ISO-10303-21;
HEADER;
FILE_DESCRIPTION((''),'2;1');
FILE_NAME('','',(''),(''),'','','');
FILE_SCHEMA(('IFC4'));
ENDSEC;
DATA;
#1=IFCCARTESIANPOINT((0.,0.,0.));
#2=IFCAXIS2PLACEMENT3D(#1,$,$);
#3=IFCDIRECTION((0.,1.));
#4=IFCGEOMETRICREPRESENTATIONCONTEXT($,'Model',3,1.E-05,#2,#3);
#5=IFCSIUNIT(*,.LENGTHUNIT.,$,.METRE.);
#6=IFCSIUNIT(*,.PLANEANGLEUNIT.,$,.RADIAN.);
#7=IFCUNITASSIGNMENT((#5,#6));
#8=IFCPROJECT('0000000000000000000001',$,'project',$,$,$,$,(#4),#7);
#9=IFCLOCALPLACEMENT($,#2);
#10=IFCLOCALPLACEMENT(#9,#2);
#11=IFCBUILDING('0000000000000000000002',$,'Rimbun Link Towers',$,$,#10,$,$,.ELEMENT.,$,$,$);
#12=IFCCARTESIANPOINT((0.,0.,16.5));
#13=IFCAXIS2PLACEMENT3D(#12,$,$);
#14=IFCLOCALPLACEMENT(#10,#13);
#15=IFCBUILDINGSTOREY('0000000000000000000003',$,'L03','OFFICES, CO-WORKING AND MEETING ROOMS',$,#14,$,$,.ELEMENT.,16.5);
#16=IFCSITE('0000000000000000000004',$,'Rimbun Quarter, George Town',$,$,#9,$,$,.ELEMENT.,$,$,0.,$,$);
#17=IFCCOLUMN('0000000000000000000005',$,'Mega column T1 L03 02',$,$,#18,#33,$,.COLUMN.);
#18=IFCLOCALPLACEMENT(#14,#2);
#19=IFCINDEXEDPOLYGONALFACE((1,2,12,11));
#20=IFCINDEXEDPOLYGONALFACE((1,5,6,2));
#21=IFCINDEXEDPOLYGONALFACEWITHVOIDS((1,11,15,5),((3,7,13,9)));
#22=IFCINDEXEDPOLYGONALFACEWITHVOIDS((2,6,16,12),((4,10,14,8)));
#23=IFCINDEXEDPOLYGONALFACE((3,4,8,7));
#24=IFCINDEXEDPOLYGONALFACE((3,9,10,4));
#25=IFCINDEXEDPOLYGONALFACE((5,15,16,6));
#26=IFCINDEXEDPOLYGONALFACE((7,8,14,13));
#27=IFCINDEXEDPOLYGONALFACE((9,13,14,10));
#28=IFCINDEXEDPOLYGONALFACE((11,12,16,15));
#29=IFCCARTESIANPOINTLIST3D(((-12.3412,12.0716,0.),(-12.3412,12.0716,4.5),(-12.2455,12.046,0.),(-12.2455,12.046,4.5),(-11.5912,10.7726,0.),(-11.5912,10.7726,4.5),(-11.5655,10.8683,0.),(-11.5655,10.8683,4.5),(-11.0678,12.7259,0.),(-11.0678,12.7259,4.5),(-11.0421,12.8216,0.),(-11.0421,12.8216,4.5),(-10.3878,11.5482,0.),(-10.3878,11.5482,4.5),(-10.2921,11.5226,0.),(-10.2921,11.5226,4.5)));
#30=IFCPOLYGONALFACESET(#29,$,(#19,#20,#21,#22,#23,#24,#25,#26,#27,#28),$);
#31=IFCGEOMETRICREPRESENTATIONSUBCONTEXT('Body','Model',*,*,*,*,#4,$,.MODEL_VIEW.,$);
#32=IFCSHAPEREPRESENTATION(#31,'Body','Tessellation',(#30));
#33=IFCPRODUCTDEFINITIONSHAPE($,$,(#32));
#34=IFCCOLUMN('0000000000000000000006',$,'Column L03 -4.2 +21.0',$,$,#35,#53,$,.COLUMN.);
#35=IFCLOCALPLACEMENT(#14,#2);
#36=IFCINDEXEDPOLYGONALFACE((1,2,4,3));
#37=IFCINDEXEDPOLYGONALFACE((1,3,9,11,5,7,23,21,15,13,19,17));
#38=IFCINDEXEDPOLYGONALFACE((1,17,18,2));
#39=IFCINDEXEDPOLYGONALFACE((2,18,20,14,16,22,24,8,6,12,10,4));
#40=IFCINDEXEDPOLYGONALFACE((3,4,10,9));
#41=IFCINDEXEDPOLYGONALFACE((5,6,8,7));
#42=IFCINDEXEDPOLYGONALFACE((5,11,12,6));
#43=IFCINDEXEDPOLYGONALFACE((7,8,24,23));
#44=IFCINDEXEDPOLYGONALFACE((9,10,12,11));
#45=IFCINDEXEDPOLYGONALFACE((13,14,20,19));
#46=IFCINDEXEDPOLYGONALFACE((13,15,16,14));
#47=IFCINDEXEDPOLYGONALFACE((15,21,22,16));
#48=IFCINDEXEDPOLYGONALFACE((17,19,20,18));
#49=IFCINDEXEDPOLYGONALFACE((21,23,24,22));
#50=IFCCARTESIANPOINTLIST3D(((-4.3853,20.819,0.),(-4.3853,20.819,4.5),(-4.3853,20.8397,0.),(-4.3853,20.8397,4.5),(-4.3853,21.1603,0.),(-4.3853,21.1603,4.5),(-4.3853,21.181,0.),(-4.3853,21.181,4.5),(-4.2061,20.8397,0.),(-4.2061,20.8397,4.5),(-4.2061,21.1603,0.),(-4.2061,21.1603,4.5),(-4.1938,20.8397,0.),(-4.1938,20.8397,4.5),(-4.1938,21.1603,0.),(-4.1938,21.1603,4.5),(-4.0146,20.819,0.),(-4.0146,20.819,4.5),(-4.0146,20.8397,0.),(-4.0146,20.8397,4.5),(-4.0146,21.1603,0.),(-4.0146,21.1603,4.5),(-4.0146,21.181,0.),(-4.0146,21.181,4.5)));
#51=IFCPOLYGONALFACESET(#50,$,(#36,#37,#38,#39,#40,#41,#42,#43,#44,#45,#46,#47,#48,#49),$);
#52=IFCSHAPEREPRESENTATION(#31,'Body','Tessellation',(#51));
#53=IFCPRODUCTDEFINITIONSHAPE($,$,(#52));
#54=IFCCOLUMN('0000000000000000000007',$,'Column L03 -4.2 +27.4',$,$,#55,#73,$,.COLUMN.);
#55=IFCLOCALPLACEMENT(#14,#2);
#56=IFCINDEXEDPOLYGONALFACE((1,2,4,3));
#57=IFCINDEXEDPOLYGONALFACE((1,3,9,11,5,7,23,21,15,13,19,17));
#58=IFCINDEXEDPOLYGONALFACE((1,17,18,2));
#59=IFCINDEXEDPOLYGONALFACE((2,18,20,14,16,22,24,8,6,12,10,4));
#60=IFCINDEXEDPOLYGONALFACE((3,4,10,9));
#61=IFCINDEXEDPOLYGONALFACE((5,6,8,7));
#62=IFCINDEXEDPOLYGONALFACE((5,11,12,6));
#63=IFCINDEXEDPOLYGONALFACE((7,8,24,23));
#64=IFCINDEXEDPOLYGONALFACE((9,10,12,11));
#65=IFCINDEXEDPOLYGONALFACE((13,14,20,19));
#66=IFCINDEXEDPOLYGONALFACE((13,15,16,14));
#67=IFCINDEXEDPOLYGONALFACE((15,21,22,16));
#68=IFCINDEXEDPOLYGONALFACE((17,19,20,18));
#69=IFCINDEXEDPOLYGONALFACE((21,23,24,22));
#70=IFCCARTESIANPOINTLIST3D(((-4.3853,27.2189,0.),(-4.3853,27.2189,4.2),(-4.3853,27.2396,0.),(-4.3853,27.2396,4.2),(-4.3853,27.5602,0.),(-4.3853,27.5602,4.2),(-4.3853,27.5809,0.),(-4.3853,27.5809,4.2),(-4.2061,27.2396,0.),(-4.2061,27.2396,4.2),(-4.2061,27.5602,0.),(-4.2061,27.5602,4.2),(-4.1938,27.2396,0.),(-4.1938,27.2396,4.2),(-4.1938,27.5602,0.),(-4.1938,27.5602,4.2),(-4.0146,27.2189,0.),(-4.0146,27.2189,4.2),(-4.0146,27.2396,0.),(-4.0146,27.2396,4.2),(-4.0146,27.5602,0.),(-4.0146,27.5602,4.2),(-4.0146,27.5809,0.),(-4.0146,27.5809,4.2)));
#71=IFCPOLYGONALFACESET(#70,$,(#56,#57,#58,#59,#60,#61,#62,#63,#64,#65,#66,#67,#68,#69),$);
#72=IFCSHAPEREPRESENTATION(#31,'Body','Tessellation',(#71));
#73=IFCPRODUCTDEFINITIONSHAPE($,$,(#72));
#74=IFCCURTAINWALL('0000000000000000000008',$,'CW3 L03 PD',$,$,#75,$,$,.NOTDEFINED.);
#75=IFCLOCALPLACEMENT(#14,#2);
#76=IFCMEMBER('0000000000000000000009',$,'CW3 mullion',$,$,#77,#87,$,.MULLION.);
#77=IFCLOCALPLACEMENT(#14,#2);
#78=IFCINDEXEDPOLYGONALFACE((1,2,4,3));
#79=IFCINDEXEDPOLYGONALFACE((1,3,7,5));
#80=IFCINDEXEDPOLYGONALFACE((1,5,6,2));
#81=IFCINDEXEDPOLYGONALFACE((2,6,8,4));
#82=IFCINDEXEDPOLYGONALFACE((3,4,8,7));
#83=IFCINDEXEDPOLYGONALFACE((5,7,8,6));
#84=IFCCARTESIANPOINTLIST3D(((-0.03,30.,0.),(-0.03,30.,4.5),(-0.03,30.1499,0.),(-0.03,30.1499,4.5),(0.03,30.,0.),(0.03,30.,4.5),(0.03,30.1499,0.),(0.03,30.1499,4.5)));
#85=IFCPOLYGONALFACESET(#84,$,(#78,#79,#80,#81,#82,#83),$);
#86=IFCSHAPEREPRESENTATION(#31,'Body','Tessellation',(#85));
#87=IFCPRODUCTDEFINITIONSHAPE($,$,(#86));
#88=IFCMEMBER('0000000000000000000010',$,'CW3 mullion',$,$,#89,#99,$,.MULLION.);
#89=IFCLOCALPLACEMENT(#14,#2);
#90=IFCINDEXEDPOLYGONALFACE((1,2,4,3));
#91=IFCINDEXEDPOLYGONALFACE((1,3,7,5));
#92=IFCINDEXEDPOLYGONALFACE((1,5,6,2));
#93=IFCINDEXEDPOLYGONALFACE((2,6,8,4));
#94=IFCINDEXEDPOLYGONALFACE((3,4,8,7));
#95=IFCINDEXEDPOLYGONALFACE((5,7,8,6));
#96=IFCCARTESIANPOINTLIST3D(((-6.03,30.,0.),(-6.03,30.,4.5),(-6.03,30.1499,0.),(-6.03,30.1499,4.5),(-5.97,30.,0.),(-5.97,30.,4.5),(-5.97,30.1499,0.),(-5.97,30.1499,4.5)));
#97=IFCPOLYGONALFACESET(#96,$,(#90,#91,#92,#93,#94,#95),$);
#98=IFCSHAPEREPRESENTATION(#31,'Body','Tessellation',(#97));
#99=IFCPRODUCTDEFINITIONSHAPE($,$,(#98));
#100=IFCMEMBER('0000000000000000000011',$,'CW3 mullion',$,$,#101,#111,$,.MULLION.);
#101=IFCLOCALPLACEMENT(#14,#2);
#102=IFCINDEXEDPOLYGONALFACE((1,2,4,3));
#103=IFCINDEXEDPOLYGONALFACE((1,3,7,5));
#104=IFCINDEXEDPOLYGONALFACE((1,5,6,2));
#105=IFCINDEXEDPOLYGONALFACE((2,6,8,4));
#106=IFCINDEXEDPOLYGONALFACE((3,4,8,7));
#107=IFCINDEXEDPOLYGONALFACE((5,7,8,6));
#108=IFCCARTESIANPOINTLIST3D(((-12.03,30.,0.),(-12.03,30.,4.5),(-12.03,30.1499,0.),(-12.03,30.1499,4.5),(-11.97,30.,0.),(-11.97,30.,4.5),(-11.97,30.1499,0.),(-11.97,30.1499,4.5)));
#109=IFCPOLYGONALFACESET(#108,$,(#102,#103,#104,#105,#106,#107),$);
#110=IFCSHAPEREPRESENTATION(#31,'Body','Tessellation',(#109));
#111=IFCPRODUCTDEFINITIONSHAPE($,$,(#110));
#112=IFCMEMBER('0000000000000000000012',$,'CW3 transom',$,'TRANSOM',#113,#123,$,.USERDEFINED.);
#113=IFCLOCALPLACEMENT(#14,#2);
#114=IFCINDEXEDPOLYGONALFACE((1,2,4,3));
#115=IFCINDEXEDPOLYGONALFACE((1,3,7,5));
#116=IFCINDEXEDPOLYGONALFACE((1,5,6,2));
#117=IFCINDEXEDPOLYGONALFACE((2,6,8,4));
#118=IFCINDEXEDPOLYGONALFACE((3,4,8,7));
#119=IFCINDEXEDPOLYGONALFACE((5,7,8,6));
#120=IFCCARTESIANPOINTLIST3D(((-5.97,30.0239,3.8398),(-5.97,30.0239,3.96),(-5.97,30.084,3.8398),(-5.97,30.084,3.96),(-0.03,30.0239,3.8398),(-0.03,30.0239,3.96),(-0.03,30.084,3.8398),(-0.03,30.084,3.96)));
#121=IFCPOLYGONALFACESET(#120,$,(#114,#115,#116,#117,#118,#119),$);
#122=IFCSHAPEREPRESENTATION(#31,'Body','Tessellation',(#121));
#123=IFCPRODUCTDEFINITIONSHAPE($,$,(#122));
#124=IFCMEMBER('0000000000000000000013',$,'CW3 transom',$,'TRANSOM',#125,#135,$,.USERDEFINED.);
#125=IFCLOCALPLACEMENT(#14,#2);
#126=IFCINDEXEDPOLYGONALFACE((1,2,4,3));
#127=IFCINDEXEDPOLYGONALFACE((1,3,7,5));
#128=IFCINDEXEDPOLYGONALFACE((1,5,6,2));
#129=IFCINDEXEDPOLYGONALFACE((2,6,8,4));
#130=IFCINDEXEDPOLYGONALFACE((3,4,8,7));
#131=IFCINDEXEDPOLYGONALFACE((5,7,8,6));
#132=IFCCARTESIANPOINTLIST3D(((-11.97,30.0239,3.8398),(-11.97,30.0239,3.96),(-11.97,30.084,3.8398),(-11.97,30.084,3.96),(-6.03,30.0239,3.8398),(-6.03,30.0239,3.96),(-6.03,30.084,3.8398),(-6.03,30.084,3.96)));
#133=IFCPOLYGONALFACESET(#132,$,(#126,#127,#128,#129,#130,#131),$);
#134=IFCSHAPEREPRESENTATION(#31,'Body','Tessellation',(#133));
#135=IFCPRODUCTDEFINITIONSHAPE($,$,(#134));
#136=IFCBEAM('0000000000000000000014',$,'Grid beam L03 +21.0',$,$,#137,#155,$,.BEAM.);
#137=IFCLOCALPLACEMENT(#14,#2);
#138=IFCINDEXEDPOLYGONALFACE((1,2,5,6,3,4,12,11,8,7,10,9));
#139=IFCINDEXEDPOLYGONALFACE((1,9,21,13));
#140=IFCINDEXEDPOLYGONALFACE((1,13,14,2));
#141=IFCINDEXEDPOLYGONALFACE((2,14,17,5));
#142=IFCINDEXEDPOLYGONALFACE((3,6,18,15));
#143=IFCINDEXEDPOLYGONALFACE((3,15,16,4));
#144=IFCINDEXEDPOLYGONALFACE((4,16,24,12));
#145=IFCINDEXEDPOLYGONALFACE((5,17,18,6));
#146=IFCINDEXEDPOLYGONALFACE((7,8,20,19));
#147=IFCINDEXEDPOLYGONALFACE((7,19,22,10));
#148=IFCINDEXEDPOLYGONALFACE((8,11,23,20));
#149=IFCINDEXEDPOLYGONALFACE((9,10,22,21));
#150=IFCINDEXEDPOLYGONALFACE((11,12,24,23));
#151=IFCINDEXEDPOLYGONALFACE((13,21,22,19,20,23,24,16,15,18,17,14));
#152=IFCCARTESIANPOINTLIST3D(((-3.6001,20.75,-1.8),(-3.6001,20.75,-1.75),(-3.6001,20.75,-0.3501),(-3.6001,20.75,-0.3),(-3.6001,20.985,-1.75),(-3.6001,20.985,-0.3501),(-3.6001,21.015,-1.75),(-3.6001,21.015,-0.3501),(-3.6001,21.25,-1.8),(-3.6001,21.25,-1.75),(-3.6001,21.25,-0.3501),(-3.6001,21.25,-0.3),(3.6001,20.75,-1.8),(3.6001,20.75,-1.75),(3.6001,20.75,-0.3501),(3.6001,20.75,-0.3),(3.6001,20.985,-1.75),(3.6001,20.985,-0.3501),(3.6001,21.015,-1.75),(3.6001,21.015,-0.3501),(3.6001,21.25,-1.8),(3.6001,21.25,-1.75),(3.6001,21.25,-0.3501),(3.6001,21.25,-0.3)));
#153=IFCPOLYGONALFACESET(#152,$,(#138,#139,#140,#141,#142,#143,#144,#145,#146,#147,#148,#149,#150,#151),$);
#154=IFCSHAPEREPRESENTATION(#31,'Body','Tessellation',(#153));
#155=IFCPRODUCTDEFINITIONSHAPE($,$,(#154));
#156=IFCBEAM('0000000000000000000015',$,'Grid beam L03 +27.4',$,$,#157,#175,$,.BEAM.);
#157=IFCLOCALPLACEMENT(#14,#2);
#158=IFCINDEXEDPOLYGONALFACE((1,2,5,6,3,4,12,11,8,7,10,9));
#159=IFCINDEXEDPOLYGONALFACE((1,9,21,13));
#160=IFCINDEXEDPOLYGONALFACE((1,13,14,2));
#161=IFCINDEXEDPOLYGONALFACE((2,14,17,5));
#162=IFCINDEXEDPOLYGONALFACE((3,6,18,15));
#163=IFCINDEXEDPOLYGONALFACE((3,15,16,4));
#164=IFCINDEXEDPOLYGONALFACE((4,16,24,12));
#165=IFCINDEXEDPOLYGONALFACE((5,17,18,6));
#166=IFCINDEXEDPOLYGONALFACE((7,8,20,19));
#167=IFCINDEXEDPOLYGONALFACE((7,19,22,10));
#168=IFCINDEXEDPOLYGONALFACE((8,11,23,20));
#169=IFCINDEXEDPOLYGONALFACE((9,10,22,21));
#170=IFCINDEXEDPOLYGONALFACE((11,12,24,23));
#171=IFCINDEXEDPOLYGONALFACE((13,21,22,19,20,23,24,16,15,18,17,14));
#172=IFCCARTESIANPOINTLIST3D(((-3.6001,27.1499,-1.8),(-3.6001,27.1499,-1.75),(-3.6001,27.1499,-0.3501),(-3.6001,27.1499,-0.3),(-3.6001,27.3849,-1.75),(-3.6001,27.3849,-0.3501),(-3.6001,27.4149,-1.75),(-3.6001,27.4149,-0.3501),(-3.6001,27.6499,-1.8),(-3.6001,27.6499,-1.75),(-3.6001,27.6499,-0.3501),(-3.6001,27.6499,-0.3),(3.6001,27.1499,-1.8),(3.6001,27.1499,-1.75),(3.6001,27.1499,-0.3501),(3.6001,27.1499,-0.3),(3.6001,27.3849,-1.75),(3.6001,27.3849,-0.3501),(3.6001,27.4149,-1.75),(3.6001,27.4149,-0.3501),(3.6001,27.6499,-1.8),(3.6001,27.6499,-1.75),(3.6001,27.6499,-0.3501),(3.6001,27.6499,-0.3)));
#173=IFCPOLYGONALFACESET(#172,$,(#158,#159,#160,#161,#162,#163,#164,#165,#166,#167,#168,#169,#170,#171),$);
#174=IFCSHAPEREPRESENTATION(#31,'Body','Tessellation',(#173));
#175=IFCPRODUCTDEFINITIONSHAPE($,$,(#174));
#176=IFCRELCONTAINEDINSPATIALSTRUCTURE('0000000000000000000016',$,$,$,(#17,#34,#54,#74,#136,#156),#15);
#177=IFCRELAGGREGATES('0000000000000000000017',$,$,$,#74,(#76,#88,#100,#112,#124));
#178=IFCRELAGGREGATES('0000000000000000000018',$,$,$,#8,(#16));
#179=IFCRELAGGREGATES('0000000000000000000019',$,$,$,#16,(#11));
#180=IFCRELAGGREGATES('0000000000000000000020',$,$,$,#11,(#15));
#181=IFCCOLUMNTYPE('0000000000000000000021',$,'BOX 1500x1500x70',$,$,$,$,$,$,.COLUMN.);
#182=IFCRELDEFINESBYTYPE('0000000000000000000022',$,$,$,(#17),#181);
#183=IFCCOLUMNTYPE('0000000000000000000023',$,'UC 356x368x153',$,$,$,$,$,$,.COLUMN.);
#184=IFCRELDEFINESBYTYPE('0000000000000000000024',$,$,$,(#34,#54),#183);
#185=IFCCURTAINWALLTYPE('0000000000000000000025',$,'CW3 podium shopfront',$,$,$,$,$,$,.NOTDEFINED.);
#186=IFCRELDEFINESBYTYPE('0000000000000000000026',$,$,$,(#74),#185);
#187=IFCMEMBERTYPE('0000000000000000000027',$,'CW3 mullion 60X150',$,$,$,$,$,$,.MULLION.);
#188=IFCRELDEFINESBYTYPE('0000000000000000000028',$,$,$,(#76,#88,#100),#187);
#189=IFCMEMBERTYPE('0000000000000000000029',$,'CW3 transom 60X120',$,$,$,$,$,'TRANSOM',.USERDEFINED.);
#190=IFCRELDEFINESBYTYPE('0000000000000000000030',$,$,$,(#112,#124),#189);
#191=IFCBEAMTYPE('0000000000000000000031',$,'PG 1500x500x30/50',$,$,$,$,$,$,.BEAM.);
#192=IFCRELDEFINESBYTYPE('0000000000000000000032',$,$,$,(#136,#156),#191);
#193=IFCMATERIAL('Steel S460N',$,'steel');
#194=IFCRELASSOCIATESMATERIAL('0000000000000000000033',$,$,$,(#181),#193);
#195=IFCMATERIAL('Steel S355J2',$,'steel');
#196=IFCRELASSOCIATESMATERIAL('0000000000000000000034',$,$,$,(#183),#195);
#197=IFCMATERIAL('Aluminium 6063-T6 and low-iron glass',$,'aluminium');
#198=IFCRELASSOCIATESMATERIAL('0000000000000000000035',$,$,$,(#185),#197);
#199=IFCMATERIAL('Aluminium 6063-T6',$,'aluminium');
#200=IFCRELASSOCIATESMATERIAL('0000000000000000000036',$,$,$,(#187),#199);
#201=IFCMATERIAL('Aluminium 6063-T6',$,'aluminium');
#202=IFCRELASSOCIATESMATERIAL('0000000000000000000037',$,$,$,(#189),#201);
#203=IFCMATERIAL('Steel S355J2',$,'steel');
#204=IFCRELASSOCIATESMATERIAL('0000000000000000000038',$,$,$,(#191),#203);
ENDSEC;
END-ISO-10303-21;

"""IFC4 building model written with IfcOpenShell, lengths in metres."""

from ifc_helpers import new_model, si_unit, direction, frame, origin, origin_2d, place, context, subcontext, project, spatial, rectangle, hollow_rectangle, i_section, extrude, material, material_profile, profile_set, type_object, element, aggregate, save


model = new_model("IFC4")

# Units and contexts
model_context = context("Model", 3, precision=1e-05, world=origin(), true_north=direction((0.0, 1.0)))
body_context = subcontext(model_context, "Body", "Model", "MODEL_VIEW")
ifc_project = project(units=[si_unit("LENGTHUNIT", "METRE"), si_unit("PLANEANGLEUNIT", "RADIAN")], contexts=[model_context])

# Site, building, storey
site_placement = place(None, origin())
site = spatial("IfcSite", under=ifc_project, at=site_placement, Name="Rimbun Quarter, George Town", CompositionType="ELEMENT", RefElevation=0.0)
building_placement = place(site_placement, origin())
building = spatial("IfcBuilding", under=site, at=building_placement, Name="Rimbun Link Towers", CompositionType="ELEMENT")
storey_placement = place(building_placement, frame((0.0, 0.0, 16.5)))
storey = spatial("IfcBuildingStorey", under=building, at=storey_placement, Name="L03", Description="OFFICES, CO-WORKING AND MEETING ROOMS", CompositionType="ELEMENT", Elevation=16.5)

# Columns
ifc_material_1 = material(Name="Steel S460N", Category="steel")
ifc_material_profile_1 = material_profile(ifc_material_1, hollow_rectangle(XDim=1.5, YDim=1.5, WallThickness=0.0701, at=origin_2d()), Name="BOX 1500x1500x70")
ifc_profile_set_1 = profile_set([ifc_material_profile_1], Name="Steel S460N")
column_type_1 = type_object("IfcColumnType", Name="BOX 1500x1500x70", PredefinedType="COLUMN", material=ifc_profile_set_1)
column_1_placement = place(storey_placement, frame((-11.3167, 11.7971, 0.0), z_axis=(0.0, 0.0, 1.0), x_axis=(0.866025, 0.5, 0.0)))
element("IfcColumn", 1, at=column_1_placement, inside=storey, type_object=column_type_1, Name="Mega column T1 L03 02", PredefinedType="COLUMN", context=body_context, shape_type="SweptSolid", body=[
    extrude(hollow_rectangle(XDim=1.5, YDim=1.5, WallThickness=0.0701, at=origin_2d()), origin(), (0.0, 0.0, 1.0), 4.5),
])
ifc_material_2 = material(Name="Steel S355J2", Category="steel")
ifc_material_profile_2 = material_profile(ifc_material_2, i_section(OverallWidth=0.3706, OverallDepth=0.3621, WebThickness=0.0122, FlangeThickness=0.0208, at=origin_2d()), Name="UC 356x368x153")
ifc_profile_set_2 = profile_set([ifc_material_profile_2], Name="Steel S355J2")
column_type_2 = type_object("IfcColumnType", Name="UC 356x368x153", PredefinedType="COLUMN", material=ifc_profile_set_2)
column_2_placement = place(storey_placement, frame((-4.2, 21.0, 0.0), z_axis=(0.0, 0.0, 1.0), x_axis=(1.0, 0.0, 0.0)))
element("IfcColumn", 2, at=column_2_placement, inside=storey, type_object=column_type_2, Name="Column L03 -4.2 +21.0", PredefinedType="COLUMN", context=body_context, shape_type="SweptSolid", body=[
    extrude(i_section(OverallWidth=0.3706, OverallDepth=0.3621, WebThickness=0.0122, FlangeThickness=0.0208, at=origin_2d()), origin(), (0.0, 0.0, 1.0), 4.5),
])
column_3_placement = place(storey_placement, frame((-4.2, 27.3999, 0.0), z_axis=(0.0, 0.0, 1.0), x_axis=(1.0, 0.0, 0.0)))
element("IfcColumn", 3, at=column_3_placement, inside=storey, type_object=column_type_2, Name="Column L03 -4.2 +27.4", PredefinedType="COLUMN", context=body_context, shape_type="SweptSolid", body=[
    extrude(i_section(OverallWidth=0.3706, OverallDepth=0.3621, WebThickness=0.0122, FlangeThickness=0.0208, at=origin_2d()), origin(), (0.0, 0.0, 1.0), 4.2),
])

# Curtain wall, members
ifc_material_3 = material(Name="Aluminium 6063-T6 and low-iron glass", Category="aluminium")
curtain_wall_type = type_object("IfcCurtainWallType", Name="CW3 podium shopfront", PredefinedType="NOTDEFINED", material=ifc_material_3)
curtain_wall_placement = place(storey_placement, origin())
curtain_wall = element("IfcCurtainWall", 4, at=curtain_wall_placement, inside=storey, type_object=curtain_wall_type, Name="CW3 L03 PD", PredefinedType="NOTDEFINED")
ifc_material_4 = material(Name="Aluminium 6063-T6", Category="aluminium")
ifc_material_profile_3 = material_profile(ifc_material_4, rectangle(XDim=0.1499, YDim=0.0601, at=origin_2d()), Name="MULLION 60X150")
ifc_profile_set_3 = profile_set([ifc_material_profile_3], Name="Aluminium 6063-T6")
member_type_1 = type_object("IfcMemberType", Name="CW3 mullion 60X150", PredefinedType="MULLION", material=ifc_profile_set_3)
member_1_placement = place(storey_placement, frame((0.0, 30.075, 0.0), z_axis=(0.0, 0.0, 1.0), x_axis=(0.0, 1.0, 0.0)))
member_1 = element("IfcMember", 5, at=member_1_placement, type_object=member_type_1, Name="CW3 mullion", PredefinedType="MULLION", context=body_context, shape_type="SweptSolid", body=[
    extrude(rectangle(XDim=0.1499, YDim=0.0601, at=origin_2d()), origin(), (0.0, 0.0, 1.0), 4.5),
])
member_2_placement = place(storey_placement, frame((-6.0, 30.075, 0.0), z_axis=(0.0, 0.0, 1.0), x_axis=(0.0, 1.0, 0.0)))
member_2 = element("IfcMember", 6, at=member_2_placement, type_object=member_type_1, Name="CW3 mullion", PredefinedType="MULLION", context=body_context, shape_type="SweptSolid", body=[
    extrude(rectangle(XDim=0.1499, YDim=0.0601, at=origin_2d()), origin(), (0.0, 0.0, 1.0), 4.5),
])
member_3_placement = place(storey_placement, frame((-12.0, 30.075, 0.0), z_axis=(0.0, 0.0, 1.0), x_axis=(0.0, 1.0, 0.0)))
member_3 = element("IfcMember", 7, at=member_3_placement, type_object=member_type_1, Name="CW3 mullion", PredefinedType="MULLION", context=body_context, shape_type="SweptSolid", body=[
    extrude(rectangle(XDim=0.1499, YDim=0.0601, at=origin_2d()), origin(), (0.0, 0.0, 1.0), 4.5),
])
ifc_material_5 = material(Name="Aluminium 6063-T6", Category="aluminium")
ifc_material_profile_4 = material_profile(ifc_material_5, rectangle(XDim=0.0601, YDim=0.1201, at=origin_2d()), Name="TRANSOM 60X120")
ifc_profile_set_4 = profile_set([ifc_material_profile_4], Name="Aluminium 6063-T6")
member_type_2 = type_object("IfcMemberType", Name="CW3 transom 60X120", ElementType="TRANSOM", PredefinedType="USERDEFINED", material=ifc_profile_set_4)
member_4_placement = place(storey_placement, frame((-5.97, 30.054, 3.8999), z_axis=(1.0, 0.0, 0.0), x_axis=(0.0, 1.0, 0.0)))
member_4 = element("IfcMember", 8, at=member_4_placement, type_object=member_type_2, Name="CW3 transom", ObjectType="TRANSOM", PredefinedType="USERDEFINED", context=body_context, shape_type="SweptSolid", body=[
    extrude(rectangle(XDim=0.0601, YDim=0.1201, at=origin_2d()), origin(), (0.0, 0.0, 1.0), 5.9399),
])
member_5_placement = place(storey_placement, frame((-11.97, 30.054, 3.8999), z_axis=(1.0, 0.0, 0.0), x_axis=(0.0, 1.0, 0.0)))
member_5 = element("IfcMember", 9, at=member_5_placement, type_object=member_type_2, Name="CW3 transom", ObjectType="TRANSOM", PredefinedType="USERDEFINED", context=body_context, shape_type="SweptSolid", body=[
    extrude(rectangle(XDim=0.0601, YDim=0.1201, at=origin_2d()), origin(), (0.0, 0.0, 1.0), 5.9399),
])

# Beams
ifc_material_6 = material(Name="Steel S355J2", Category="steel")
ifc_material_profile_5 = material_profile(ifc_material_6, i_section(OverallWidth=0.5, OverallDepth=1.5, WebThickness=0.03, FlangeThickness=0.05, at=origin_2d()), Name="PG 1500x500x30/50")
ifc_profile_set_5 = profile_set([ifc_material_profile_5], Name="Steel S355J2")
beam_type = type_object("IfcBeamType", Name="PG 1500x500x30/50", PredefinedType="BEAM", material=ifc_profile_set_5)
for number, where, z_axis, x_axis, name in (
    (10, (-3.6001, 21.0, -1.05), (1.0, 0.0, 0.0), (0.0, 1.0, 0.0), "Grid beam L03 +21.0"),
    (11, (-3.6001, 27.3999, -1.05), (1.0, 0.0, 0.0), (0.0, 1.0, 0.0), "Grid beam L03 +27.4"),
):
    element("IfcBeam", number, at=place(storey_placement, frame(where, z_axis=z_axis, x_axis=x_axis)), inside=storey, type_object=beam_type, Name=name, PredefinedType="BEAM", context=body_context, shape_type="SweptSolid", body=[
        extrude(i_section(OverallWidth=0.5, OverallDepth=1.5, WebThickness=0.03, FlangeThickness=0.05, at=origin_2d()), origin(), (0.0, 0.0, 1.0), 7.2002),
    ])

aggregate(curtain_wall, [member_1, member_2, member_3, member_4, member_5])

save(model, "model.ifc")
